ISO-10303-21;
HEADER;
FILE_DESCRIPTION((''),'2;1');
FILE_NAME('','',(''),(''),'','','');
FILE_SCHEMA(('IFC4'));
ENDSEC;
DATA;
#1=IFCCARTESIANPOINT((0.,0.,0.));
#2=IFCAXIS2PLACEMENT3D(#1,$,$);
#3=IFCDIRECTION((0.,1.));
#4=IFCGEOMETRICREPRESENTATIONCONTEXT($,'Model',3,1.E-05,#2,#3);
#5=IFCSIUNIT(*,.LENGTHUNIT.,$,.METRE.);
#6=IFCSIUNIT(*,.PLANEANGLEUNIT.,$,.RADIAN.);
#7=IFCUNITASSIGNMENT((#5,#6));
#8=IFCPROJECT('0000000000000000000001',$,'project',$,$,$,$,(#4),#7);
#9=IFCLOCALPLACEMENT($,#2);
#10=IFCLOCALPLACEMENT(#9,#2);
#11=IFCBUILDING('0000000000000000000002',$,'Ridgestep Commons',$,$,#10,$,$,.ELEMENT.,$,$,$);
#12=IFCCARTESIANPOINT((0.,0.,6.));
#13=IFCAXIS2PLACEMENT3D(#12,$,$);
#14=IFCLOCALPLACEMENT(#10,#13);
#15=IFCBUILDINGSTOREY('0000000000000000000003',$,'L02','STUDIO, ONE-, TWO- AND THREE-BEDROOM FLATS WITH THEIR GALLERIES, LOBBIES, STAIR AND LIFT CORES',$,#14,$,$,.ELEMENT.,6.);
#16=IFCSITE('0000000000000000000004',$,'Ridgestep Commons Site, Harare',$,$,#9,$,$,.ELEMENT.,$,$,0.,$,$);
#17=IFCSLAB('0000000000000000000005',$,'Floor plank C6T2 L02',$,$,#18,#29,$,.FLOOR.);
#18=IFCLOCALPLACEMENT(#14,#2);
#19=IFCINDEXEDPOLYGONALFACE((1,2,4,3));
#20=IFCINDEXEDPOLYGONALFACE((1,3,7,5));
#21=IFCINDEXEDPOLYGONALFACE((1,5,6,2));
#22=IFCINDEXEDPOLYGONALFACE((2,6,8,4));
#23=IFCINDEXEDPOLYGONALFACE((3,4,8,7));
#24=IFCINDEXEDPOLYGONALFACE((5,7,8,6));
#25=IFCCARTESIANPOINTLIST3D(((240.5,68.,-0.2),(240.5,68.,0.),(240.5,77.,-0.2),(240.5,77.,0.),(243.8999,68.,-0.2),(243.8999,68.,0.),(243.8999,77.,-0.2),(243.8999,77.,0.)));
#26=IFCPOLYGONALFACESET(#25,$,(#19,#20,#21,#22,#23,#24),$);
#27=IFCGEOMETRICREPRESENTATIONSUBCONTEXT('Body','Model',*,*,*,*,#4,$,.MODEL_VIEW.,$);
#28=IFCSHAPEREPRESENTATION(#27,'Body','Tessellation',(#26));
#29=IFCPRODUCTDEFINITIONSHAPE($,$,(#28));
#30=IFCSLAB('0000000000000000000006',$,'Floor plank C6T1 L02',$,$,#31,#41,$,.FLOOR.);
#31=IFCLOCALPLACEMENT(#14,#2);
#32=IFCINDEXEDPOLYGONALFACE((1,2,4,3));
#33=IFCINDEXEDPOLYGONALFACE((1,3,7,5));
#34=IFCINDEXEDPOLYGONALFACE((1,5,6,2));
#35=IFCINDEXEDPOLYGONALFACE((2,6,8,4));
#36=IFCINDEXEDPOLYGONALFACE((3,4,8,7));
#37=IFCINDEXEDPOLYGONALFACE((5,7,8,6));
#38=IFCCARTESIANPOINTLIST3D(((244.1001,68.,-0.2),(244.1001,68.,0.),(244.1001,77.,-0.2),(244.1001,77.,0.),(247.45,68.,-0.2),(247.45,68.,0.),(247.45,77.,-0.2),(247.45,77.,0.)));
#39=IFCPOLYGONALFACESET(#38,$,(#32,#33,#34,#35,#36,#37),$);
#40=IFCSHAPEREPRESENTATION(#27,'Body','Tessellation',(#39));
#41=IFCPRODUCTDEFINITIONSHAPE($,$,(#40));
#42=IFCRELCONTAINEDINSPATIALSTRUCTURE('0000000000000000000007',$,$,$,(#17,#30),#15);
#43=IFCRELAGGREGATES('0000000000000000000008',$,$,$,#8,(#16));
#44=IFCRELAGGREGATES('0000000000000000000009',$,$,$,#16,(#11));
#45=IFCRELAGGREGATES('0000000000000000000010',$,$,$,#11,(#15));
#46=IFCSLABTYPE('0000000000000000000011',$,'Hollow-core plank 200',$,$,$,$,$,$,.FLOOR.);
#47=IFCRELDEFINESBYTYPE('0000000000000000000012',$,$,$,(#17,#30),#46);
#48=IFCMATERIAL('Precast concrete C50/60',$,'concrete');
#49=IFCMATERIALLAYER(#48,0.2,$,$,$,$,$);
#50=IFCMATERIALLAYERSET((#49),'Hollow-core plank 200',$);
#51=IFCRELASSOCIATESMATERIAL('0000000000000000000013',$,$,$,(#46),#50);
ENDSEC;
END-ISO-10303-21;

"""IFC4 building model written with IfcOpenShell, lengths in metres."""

from ifc_helpers import new_model, si_unit, direction, frame, origin, place, context, subcontext, project, spatial, polyline, outline, extrude, material, layer, layer_set, type_object, element, save


model = new_model("IFC4")

# Units and contexts
model_context = context("Model", 3, precision=1e-05, world=origin(), true_north=direction((0.0, 1.0)))
body_context = subcontext(model_context, "Body", "Model", "MODEL_VIEW")
ifc_project = project(units=[si_unit("LENGTHUNIT", "METRE"), si_unit("PLANEANGLEUNIT", "RADIAN")], contexts=[model_context])

# Site, building, storey
site_placement = place(None, origin())
site = spatial("IfcSite", under=ifc_project, at=site_placement, Name="Ridgestep Commons Site, Harare", CompositionType="ELEMENT", RefElevation=0.0)
building_placement = place(site_placement, origin())
building = spatial("IfcBuilding", under=site, at=building_placement, Name="Ridgestep Commons", CompositionType="ELEMENT")
storey_placement = place(building_placement, frame((0.0, 0.0, 6.0)))
storey = spatial("IfcBuildingStorey", under=building, at=storey_placement, Name="L02", Description="STUDIO, ONE-, TWO- AND THREE-BEDROOM FLATS WITH THEIR GALLERIES, LOBBIES, STAIR AND LIFT CORES", CompositionType="ELEMENT", Elevation=6.0)

# Slabs
ifc_material_1 = material(Name="Precast concrete C50/60", Category="concrete")
ifc_layer_1 = layer(ifc_material_1, 0.2)
ifc_layer_set_1 = layer_set([ifc_layer_1], Name="Hollow-core plank 200")
slab_type_1 = type_object("IfcSlabType", Name="Hollow-core plank 200", PredefinedType="FLOOR", material=ifc_layer_set_1)
slab_1_placement = place(storey_placement, frame((0.0, 0.0, -0.2)))
element("IfcSlab", 1, at=slab_1_placement, inside=storey, type_object=slab_type_1, Name="Floor plank C6T2 L02", PredefinedType="FLOOR", context=body_context, shape_type="SweptSolid", body=[
    extrude(outline(polyline([(243.8999, 68.0), (243.8999, 77.0), (240.5, 77.0), (240.5, 68.0), (243.8999, 68.0)])), origin(), (0.0, 0.0, 1.0), 0.2),
])
slab_2_placement = place(storey_placement, frame((0.0, 0.0, -0.2)))
element("IfcSlab", 2, at=slab_2_placement, inside=storey, type_object=slab_type_1, Name="Floor plank C6T1 L02", PredefinedType="FLOOR", context=body_context, shape_type="SweptSolid", body=[
    extrude(outline(polyline([(247.45, 68.0), (247.45, 77.0), (244.1001, 77.0), (244.1001, 68.0), (247.45, 68.0)])), origin(), (0.0, 0.0, 1.0), 0.2),
])

save(model, "model.ifc")
